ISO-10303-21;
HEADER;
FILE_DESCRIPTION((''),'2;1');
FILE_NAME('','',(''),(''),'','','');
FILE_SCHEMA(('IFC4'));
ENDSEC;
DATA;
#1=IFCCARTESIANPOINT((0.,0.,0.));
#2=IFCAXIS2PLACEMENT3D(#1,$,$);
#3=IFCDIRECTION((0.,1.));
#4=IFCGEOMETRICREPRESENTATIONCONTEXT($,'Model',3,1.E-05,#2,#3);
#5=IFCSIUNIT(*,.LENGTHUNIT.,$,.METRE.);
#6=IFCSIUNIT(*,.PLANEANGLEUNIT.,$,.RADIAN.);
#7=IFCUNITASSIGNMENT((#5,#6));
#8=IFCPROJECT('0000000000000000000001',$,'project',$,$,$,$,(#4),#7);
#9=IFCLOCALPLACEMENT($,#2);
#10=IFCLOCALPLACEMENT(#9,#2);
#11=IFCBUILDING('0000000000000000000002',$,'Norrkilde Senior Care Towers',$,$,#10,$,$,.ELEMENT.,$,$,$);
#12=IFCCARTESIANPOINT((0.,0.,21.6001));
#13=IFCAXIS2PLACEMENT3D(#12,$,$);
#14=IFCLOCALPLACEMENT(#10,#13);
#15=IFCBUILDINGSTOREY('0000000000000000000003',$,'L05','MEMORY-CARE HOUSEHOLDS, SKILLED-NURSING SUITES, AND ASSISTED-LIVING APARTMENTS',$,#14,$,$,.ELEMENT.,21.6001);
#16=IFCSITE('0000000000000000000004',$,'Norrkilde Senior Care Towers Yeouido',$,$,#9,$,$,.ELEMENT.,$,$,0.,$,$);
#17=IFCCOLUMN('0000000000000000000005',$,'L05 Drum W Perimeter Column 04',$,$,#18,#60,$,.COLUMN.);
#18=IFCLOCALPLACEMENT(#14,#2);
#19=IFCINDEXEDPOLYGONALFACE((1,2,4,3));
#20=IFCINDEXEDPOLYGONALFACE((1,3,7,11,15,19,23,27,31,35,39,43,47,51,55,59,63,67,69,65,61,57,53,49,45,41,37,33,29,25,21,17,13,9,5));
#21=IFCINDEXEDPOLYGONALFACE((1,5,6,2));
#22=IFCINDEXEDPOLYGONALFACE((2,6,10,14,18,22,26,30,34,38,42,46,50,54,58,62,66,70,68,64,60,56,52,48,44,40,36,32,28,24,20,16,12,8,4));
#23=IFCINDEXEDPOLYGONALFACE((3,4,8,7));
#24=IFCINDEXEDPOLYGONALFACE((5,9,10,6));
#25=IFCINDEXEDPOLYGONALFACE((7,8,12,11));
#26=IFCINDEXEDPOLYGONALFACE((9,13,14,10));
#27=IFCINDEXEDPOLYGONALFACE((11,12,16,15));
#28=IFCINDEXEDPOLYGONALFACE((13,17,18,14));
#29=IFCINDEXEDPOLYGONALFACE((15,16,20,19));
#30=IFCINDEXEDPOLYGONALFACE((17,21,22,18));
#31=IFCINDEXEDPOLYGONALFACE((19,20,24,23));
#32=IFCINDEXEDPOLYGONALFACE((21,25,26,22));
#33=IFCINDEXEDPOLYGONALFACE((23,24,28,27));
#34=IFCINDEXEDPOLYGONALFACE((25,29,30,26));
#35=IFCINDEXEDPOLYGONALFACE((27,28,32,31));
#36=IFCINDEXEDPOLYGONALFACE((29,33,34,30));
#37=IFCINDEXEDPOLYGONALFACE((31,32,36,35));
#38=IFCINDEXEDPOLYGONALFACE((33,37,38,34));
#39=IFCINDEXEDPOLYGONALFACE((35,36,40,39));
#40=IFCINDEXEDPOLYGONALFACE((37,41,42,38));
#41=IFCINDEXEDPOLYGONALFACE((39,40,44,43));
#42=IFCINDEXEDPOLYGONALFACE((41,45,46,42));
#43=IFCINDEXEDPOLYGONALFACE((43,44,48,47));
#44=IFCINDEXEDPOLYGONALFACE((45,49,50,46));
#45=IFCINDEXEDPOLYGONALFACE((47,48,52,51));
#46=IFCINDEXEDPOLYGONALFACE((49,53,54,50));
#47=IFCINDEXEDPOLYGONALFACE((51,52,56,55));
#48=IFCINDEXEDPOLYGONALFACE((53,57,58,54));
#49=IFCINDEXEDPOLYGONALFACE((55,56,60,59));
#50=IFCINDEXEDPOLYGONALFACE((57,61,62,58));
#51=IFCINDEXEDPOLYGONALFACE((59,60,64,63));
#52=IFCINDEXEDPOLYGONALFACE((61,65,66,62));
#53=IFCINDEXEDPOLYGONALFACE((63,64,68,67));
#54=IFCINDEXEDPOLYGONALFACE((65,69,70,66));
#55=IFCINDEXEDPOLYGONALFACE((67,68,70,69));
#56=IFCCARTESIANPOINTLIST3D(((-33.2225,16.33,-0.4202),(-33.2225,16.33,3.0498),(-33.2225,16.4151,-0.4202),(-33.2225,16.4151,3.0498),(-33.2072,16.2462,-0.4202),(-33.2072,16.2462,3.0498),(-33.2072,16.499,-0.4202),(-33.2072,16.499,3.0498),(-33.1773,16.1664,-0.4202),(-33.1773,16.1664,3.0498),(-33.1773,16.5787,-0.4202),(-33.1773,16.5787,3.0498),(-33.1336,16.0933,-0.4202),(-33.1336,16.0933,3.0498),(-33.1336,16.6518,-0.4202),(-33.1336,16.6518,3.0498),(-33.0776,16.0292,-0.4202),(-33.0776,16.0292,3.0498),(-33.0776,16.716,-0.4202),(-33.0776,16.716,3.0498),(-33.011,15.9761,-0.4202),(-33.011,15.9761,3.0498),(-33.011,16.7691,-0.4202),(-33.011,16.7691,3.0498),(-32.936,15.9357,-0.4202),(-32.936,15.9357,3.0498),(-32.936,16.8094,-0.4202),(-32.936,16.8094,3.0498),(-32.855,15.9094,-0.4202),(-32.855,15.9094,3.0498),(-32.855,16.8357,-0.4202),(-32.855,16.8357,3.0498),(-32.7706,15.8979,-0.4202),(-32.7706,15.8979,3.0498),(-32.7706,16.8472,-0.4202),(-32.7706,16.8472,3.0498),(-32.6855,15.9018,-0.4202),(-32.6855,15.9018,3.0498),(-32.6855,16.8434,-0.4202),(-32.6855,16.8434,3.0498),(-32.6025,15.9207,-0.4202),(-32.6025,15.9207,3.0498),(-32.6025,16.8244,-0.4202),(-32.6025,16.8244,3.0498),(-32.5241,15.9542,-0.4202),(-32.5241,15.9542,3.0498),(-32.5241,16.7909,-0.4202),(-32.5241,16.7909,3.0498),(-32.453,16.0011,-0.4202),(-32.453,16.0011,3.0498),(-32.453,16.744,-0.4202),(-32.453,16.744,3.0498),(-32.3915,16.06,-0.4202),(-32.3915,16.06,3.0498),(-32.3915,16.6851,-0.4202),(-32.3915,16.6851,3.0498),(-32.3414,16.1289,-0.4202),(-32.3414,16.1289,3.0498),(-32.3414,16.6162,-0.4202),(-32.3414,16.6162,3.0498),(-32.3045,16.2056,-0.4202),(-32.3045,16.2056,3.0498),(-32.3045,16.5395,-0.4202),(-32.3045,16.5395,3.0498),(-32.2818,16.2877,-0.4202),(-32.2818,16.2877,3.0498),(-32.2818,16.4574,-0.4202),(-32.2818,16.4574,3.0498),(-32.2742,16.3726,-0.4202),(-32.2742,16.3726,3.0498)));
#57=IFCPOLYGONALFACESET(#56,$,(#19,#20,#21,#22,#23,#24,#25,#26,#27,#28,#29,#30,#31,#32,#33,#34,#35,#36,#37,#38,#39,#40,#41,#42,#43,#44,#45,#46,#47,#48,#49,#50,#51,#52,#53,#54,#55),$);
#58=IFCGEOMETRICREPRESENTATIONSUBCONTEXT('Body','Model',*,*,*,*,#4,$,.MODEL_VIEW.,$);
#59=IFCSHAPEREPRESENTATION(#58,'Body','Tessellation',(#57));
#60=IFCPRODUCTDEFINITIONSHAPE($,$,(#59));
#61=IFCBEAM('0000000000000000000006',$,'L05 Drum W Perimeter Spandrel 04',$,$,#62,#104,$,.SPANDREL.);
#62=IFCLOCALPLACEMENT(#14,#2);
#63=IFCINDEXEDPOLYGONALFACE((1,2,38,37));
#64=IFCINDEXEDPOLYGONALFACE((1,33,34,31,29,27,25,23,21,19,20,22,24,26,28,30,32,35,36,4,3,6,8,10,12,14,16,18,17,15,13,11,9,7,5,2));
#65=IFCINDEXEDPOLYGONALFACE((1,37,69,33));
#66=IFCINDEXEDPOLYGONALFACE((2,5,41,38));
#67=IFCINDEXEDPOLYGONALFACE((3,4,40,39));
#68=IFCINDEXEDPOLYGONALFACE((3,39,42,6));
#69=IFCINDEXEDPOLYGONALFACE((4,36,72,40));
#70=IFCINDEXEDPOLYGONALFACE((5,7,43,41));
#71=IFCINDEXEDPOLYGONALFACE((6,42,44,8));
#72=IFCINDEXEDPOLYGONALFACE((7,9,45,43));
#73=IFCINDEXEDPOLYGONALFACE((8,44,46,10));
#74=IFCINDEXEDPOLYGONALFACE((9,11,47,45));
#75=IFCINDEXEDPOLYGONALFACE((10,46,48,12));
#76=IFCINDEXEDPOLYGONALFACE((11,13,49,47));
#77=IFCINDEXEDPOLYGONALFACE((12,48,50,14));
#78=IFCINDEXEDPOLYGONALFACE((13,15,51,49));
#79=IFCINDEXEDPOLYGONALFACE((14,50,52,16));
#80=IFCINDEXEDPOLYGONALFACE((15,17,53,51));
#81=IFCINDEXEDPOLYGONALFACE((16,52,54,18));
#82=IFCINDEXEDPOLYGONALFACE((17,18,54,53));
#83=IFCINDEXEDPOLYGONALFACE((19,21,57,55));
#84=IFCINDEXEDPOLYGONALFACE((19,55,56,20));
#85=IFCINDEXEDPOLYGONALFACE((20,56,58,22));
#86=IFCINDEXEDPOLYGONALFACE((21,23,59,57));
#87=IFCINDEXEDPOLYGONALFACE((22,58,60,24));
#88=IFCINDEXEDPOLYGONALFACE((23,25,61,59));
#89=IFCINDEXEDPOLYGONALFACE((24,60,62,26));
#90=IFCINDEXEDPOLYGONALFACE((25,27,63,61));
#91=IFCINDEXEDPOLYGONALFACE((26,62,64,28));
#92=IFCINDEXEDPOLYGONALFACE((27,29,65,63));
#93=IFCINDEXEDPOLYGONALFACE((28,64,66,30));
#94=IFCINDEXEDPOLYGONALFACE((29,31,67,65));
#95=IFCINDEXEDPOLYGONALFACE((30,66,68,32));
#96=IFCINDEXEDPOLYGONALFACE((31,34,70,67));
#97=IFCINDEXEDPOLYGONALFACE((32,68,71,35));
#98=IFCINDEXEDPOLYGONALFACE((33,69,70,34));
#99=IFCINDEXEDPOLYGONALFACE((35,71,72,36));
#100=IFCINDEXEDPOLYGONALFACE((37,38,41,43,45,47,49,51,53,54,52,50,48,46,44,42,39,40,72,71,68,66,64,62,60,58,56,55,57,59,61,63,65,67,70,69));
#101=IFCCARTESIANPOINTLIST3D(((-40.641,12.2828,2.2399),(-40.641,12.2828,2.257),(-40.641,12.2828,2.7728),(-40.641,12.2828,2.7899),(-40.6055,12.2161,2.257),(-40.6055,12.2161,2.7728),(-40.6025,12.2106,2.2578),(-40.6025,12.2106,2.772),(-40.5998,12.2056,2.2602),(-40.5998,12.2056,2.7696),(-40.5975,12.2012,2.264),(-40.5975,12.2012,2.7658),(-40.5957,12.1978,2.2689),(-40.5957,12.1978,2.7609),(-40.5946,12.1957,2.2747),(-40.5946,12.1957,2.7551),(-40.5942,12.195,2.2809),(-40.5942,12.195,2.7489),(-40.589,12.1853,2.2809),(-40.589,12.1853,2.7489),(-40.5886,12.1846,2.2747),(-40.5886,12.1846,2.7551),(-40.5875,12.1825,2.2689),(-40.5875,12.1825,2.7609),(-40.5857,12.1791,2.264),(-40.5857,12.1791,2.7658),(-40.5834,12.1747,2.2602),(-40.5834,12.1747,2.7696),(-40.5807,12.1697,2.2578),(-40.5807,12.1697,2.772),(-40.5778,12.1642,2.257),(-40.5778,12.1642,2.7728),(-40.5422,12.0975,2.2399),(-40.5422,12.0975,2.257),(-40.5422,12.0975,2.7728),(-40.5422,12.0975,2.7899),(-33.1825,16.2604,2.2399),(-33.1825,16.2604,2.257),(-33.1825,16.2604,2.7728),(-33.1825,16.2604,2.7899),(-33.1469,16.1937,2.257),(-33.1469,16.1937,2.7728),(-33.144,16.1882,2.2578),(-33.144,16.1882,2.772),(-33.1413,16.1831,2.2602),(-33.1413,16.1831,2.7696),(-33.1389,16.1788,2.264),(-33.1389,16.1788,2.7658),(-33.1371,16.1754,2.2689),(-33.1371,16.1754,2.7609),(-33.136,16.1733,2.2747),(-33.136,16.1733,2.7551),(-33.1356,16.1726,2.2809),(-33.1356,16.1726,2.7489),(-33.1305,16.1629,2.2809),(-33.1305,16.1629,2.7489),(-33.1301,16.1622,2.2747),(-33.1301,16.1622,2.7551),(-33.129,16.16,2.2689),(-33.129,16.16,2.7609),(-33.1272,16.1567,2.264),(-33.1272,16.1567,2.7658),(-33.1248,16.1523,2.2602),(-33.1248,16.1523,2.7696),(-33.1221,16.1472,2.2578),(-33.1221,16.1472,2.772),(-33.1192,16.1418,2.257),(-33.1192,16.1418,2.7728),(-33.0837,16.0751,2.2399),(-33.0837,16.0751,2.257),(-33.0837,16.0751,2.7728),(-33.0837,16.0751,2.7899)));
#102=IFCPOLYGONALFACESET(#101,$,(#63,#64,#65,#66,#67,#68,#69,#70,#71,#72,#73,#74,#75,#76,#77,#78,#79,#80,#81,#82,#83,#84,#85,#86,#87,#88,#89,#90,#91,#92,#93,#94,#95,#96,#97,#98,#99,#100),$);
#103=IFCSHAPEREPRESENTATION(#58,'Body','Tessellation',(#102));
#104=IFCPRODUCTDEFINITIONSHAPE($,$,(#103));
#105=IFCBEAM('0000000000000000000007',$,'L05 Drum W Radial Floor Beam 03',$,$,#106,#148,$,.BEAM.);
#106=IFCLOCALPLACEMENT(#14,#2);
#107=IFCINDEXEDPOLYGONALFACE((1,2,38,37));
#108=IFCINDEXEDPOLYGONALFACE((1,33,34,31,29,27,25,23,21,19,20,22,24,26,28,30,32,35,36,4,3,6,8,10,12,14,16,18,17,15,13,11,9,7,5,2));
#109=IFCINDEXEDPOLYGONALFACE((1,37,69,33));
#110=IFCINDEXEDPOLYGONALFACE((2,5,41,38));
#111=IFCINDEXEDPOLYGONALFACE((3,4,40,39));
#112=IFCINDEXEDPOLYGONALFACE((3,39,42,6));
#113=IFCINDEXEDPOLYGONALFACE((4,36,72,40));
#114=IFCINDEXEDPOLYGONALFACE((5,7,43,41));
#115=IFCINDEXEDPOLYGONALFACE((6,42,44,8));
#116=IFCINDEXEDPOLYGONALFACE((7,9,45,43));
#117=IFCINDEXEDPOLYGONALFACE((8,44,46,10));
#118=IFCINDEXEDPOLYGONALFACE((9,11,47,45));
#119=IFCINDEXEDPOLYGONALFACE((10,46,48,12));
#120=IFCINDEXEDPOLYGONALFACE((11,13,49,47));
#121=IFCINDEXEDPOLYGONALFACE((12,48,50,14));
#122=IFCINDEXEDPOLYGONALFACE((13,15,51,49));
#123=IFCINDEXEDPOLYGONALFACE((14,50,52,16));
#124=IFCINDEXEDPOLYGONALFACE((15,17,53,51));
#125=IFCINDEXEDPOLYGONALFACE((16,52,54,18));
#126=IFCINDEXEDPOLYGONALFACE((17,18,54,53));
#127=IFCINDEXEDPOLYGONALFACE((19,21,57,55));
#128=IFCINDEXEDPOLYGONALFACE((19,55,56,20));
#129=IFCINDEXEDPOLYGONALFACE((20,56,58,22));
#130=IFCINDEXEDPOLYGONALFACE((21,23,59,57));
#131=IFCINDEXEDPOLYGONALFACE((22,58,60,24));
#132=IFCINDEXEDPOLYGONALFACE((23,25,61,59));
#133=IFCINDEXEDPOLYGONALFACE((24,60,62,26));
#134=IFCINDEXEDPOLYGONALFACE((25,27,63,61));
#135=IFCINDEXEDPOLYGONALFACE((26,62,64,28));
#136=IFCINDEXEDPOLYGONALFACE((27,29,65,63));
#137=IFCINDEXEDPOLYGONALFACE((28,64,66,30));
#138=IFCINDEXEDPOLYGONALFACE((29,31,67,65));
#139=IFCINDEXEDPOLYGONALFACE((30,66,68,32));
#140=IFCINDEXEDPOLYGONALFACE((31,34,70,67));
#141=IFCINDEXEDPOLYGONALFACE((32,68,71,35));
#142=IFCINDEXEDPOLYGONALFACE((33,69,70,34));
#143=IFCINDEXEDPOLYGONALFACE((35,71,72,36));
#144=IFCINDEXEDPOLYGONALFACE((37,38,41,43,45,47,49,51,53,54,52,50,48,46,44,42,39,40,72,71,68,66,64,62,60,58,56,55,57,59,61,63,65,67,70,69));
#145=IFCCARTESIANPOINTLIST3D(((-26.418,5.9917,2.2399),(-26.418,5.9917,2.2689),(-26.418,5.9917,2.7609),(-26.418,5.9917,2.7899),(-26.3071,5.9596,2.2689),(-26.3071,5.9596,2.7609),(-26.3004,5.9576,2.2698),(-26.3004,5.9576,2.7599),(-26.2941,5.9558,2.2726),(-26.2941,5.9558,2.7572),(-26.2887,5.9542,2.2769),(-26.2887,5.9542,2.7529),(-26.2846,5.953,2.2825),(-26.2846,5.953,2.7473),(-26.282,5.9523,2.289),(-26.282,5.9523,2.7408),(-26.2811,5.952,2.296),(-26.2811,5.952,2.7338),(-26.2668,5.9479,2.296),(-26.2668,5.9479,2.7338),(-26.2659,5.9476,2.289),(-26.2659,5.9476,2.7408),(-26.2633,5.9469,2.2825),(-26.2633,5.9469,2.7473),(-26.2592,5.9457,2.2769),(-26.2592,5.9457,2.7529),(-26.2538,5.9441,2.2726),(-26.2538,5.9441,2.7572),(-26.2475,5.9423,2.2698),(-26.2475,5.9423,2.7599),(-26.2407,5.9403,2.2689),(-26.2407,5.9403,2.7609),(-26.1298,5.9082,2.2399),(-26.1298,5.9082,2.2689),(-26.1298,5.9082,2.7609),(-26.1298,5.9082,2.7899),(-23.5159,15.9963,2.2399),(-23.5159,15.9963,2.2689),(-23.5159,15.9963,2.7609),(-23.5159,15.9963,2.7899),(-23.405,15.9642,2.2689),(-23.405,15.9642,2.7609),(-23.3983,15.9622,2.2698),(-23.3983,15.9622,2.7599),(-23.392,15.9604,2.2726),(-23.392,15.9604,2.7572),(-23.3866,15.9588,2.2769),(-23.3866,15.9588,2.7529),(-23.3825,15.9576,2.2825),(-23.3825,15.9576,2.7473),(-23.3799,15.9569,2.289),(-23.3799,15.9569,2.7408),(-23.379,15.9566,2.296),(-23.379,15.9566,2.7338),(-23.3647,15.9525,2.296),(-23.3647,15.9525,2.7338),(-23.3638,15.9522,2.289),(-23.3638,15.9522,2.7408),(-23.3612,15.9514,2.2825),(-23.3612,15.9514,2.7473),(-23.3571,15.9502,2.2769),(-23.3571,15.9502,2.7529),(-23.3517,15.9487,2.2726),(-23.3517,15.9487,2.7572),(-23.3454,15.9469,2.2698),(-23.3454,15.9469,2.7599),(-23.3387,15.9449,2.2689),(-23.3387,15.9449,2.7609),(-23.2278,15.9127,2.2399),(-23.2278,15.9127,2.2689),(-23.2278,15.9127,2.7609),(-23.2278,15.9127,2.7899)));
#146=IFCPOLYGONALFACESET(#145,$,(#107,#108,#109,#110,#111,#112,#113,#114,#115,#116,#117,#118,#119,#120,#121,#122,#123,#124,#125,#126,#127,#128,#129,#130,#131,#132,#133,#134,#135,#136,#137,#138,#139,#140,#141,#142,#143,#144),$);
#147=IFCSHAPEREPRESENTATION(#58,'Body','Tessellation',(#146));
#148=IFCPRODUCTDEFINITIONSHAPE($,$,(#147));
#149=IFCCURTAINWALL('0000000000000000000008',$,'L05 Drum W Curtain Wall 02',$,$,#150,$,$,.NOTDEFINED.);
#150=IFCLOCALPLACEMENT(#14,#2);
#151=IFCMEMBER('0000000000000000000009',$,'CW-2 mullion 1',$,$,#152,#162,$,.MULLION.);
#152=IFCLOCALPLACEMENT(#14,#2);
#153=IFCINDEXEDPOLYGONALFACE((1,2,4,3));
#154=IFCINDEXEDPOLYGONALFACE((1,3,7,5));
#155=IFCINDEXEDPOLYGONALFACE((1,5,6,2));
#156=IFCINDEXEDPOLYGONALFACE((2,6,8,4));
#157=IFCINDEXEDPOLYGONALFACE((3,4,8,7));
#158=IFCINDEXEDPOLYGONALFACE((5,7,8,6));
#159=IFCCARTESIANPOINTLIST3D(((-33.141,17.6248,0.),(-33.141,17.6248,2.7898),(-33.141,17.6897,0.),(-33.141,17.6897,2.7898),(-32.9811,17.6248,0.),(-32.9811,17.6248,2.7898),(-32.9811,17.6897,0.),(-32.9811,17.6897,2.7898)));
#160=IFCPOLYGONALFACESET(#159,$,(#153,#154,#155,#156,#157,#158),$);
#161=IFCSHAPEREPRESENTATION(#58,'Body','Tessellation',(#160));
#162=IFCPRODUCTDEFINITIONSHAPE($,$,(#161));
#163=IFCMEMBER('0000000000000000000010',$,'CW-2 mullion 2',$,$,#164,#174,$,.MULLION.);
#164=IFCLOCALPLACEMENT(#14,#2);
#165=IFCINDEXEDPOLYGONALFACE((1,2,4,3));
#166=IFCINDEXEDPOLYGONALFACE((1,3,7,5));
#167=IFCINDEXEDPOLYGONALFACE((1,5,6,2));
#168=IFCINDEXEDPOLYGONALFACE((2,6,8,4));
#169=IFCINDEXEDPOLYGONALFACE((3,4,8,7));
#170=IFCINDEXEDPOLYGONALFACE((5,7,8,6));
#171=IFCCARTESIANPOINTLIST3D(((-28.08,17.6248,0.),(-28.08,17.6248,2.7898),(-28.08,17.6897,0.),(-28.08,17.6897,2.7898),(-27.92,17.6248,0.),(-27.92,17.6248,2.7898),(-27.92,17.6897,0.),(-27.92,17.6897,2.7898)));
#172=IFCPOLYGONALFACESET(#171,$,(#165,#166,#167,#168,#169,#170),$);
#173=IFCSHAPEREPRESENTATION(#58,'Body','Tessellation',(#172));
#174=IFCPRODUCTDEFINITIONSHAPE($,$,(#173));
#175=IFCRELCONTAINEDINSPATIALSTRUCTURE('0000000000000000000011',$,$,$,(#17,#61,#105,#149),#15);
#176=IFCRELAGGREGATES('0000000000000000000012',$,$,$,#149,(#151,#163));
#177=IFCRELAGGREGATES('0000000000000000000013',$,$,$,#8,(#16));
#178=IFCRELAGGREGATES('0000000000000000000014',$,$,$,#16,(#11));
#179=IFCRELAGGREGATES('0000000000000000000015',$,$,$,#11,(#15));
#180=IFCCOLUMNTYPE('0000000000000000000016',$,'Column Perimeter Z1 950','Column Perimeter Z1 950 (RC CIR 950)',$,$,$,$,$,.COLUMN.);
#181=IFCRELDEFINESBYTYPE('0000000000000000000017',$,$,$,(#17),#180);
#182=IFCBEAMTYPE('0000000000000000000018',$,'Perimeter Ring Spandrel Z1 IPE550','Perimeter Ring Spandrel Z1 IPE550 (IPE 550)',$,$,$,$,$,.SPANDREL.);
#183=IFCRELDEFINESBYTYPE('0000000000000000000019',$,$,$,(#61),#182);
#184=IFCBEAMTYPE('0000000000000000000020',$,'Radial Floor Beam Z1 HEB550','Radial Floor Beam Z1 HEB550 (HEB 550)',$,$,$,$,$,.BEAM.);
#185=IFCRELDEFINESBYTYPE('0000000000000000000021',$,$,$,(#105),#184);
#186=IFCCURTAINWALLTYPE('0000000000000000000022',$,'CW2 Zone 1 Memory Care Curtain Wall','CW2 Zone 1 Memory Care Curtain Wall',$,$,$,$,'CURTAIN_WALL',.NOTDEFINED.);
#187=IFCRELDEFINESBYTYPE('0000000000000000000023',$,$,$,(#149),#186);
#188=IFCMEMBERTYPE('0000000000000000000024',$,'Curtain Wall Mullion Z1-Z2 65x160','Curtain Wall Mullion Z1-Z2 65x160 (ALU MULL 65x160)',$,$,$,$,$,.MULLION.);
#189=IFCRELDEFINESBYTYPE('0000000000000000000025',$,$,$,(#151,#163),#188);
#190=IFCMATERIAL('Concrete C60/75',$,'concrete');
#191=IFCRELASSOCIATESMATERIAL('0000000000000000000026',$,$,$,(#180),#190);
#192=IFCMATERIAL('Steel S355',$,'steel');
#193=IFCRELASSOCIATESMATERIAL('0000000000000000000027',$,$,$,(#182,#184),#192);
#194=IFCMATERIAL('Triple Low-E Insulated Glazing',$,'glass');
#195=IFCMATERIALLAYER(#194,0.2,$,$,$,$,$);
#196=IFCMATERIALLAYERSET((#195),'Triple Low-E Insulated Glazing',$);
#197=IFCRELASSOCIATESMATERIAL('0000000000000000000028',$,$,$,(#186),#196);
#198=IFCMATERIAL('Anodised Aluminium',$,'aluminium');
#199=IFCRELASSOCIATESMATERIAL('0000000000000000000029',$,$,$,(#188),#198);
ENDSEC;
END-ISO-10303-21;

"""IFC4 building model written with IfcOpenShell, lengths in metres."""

from ifc_helpers import new_model, si_unit, direction, frame, origin, origin_2d, place, context, subcontext, project, spatial, rectangle, circle, i_section, extrude, source, transform, mapped, material, layer, layer_set, material_profile, profile_set, type_object, type_shapes, element, aggregate, save


model = new_model("IFC4")

# Units and contexts
model_context = context("Model", 3, precision=1e-05, world=origin(), true_north=direction((0.0, 1.0)))
body_context = subcontext(model_context, "Body", "Model", "MODEL_VIEW")
ifc_project = project(units=[si_unit("LENGTHUNIT", "METRE"), si_unit("PLANEANGLEUNIT", "RADIAN")], contexts=[model_context])

# Site, building, storey
site_placement = place(None, origin())
site = spatial("IfcSite", under=ifc_project, at=site_placement, Name="Norrkilde Senior Care Towers Yeouido", CompositionType="ELEMENT", RefElevation=0.0)
building_placement = place(site_placement, origin())
building = spatial("IfcBuilding", under=site, at=building_placement, Name="Norrkilde Senior Care Towers", CompositionType="ELEMENT")
storey_placement = place(building_placement, frame((0.0, 0.0, 21.6001)))
storey = spatial("IfcBuildingStorey", under=building, at=storey_placement, Name="L05", Description="MEMORY-CARE HOUSEHOLDS, SKILLED-NURSING SUITES, AND ASSISTED-LIVING APARTMENTS", CompositionType="ELEMENT", Elevation=21.6001)

# Column
ifc_material_1 = material(Name="Concrete C60/75", Category="concrete")
ifc_material_profile_1 = material_profile(ifc_material_1, circle(Radius=0.4751, at=origin_2d()), Name="RC CIR 950")
ifc_profile_set_1 = profile_set([ifc_material_profile_1], Name="Concrete C60/75")
column_type = type_object("IfcColumnType", Name="Column Perimeter Z1 950", Description="Column Perimeter Z1 950 (RC CIR 950)", PredefinedType="COLUMN", material=ifc_profile_set_1)
shared_shape_1 = source(origin(), body_context, "Body", "SweptSolid", [
    extrude(circle(Radius=0.4751, at=origin_2d()), origin(), (0.0, 0.0, 1.0), 3.47),
])
type_shapes(column_type, [shared_shape_1])
column_placement = place(storey_placement, frame((-32.7493, 16.3726, -0.4202), z_axis=(0.0, 0.0, 1.0), x_axis=(1.0, 0.0, 0.0)))
element("IfcColumn", 1, at=column_placement, inside=storey, type_object=column_type, Name="L05 Drum W Perimeter Column 04", PredefinedType="COLUMN", context=body_context, shape_type="MappedRepresentation", body=[
    mapped(shared_shape_1, transform((0.0, 0.0, 0.0), x_axis=(1.0, 0.0, 0.0), y_axis=(0.0, 1.0, 0.0), z_axis=(0.0, 0.0, 1.0), scale=1.0)),
])

# Beams
ifc_material_2 = material(Name="Steel S355", Category="steel")
ifc_material_profile_2 = material_profile(ifc_material_2, i_section(OverallWidth=0.21, OverallDepth=0.55, WebThickness=0.011, FlangeThickness=0.0171, FilletRadius=0.0239, at=origin_2d()), Name="IPE 550")
ifc_profile_set_2 = profile_set([ifc_material_profile_2], Name="Steel S355")
beam_type_1 = type_object("IfcBeamType", Name="Perimeter Ring Spandrel Z1 IPE550", Description="Perimeter Ring Spandrel Z1 IPE550 (IPE 550)", PredefinedType="SPANDREL", material=ifc_profile_set_2)
shared_shape_2 = source(origin(), body_context, "Body", "SweptSolid", [
    extrude(i_section(OverallWidth=0.21, OverallDepth=0.55, WebThickness=0.011, FlangeThickness=0.0171, FilletRadius=0.0239, at=origin_2d()), origin(), (0.0, 0.0, 1.0), 8.4529),
])
type_shapes(beam_type_1, [shared_shape_2])
beam_1_placement = place(storey_placement, frame((-33.1331, 16.1677, 2.5149), z_axis=(-0.882369, -0.470558, 0.0), x_axis=(0.470558, -0.882369, 0.0)))
element("IfcBeam", 2, at=beam_1_placement, inside=storey, type_object=beam_type_1, Name="L05 Drum W Perimeter Spandrel 04", PredefinedType="SPANDREL", context=body_context, shape_type="MappedRepresentation", body=[
    mapped(shared_shape_2, transform((0.0, 0.0, 0.0), x_axis=(1.0, 0.0, 0.0), y_axis=(0.0, 1.0, 0.0), z_axis=(0.0, 0.0, 1.0), scale=1.0)),
])
ifc_material_profile_3 = material_profile(ifc_material_2, i_section(OverallWidth=0.3, OverallDepth=0.55, WebThickness=0.0149, FlangeThickness=0.0291, FilletRadius=0.0271, at=origin_2d()), Name="HEB 550")
ifc_profile_set_3 = profile_set([ifc_material_profile_3], Name="Steel S355")
beam_type_2 = type_object("IfcBeamType", Name="Radial Floor Beam Z1 HEB550", Description="Radial Floor Beam Z1 HEB550 (HEB 550)", PredefinedType="BEAM", material=ifc_profile_set_3)
shared_shape_3 = source(origin(), body_context, "Body", "SweptSolid", [
    extrude(i_section(OverallWidth=0.3, OverallDepth=0.55, WebThickness=0.0149, FlangeThickness=0.0291, FilletRadius=0.0271, at=origin_2d()), origin(), (0.0, 0.0, 1.0), 10.417),
])
type_shapes(beam_type_2, [shared_shape_3])
beam_2_placement = place(storey_placement, frame((-26.2739, 5.95, 2.5149), z_axis=(0.278591, 0.96041, 0.0), x_axis=(-0.96041, 0.278591, 0.0)))
element("IfcBeam", 3, at=beam_2_placement, inside=storey, type_object=beam_type_2, Name="L05 Drum W Radial Floor Beam 03", PredefinedType="BEAM", context=body_context, shape_type="MappedRepresentation", body=[
    mapped(shared_shape_3, transform((0.0, 0.0, 0.0), x_axis=(1.0, 0.0, 0.0), y_axis=(0.0, 1.0, 0.0), z_axis=(0.0, 0.0, 1.0), scale=1.0)),
])

# Curtain wall, members
ifc_material_3 = material(Name="Triple Low-E Insulated Glazing", Category="glass")
ifc_layer_1 = layer(ifc_material_3, 0.2)
ifc_layer_set_1 = layer_set([ifc_layer_1], Name="Triple Low-E Insulated Glazing")
curtain_wall_type = type_object("IfcCurtainWallType", Name="CW2 Zone 1 Memory Care Curtain Wall", Description="CW2 Zone 1 Memory Care Curtain Wall", ElementType="CURTAIN_WALL", PredefinedType="NOTDEFINED", material=ifc_layer_set_1)
curtain_wall_1_placement = place(storey_placement, origin())
curtain_wall_1 = element("IfcCurtainWall", 4, at=curtain_wall_1_placement, inside=storey, type_object=curtain_wall_type, Name="L05 Drum W Curtain Wall 02", PredefinedType="NOTDEFINED")
ifc_material_4 = material(Name="Anodised Aluminium", Category="aluminium")
ifc_material_profile_4 = material_profile(ifc_material_4, rectangle(XDim=0.0649, YDim=0.1599, at=origin_2d()), Name="ALU MULL 65x160")
ifc_profile_set_4 = profile_set([ifc_material_profile_4], Name="Anodised Aluminium")
member_type_1 = type_object("IfcMemberType", Name="Curtain Wall Mullion Z1-Z2 65x160", Description="Curtain Wall Mullion Z1-Z2 65x160 (ALU MULL 65x160)", PredefinedType="MULLION", material=ifc_profile_set_4)
shared_shape_4 = source(origin(), body_context, "Body", "SweptSolid", [
    extrude(rectangle(XDim=0.0649, YDim=0.1599, at=origin_2d()), origin(), (0.0, 0.0, 1.0), 2.7898),
])
type_shapes(member_type_1, [shared_shape_4])
member_1_placement = place(storey_placement, frame((-33.061, 17.6572, 0.0), z_axis=(0.0, 0.0, 1.0), x_axis=(0.0, 1.0, 0.0)))
member_1 = element("IfcMember", 5, at=member_1_placement, type_object=member_type_1, Name="CW-2 mullion 1", PredefinedType="MULLION", context=body_context, shape_type="MappedRepresentation", body=[
    mapped(shared_shape_4, transform((0.0, 0.0, 0.0), x_axis=(1.0, 0.0, 0.0), y_axis=(0.0, 1.0, 0.0), z_axis=(0.0, 0.0, 1.0), scale=1.0)),
])
member_2_placement = place(storey_placement, frame((-28.0, 17.6572, 0.0), z_axis=(0.0, 0.0, 1.0), x_axis=(0.0, 1.0, 0.0)))
member_2 = element("IfcMember", 6, at=member_2_placement, type_object=member_type_1, Name="CW-2 mullion 2", PredefinedType="MULLION", context=body_context, shape_type="MappedRepresentation", body=[
    mapped(shared_shape_4, transform((0.0, 0.0, 0.0), x_axis=(1.0, 0.0, 0.0), y_axis=(0.0, 1.0, 0.0), z_axis=(0.0, 0.0, 1.0), scale=1.0)),
])

aggregate(curtain_wall_1, [member_1, member_2])

save(model, "model.ifc")
